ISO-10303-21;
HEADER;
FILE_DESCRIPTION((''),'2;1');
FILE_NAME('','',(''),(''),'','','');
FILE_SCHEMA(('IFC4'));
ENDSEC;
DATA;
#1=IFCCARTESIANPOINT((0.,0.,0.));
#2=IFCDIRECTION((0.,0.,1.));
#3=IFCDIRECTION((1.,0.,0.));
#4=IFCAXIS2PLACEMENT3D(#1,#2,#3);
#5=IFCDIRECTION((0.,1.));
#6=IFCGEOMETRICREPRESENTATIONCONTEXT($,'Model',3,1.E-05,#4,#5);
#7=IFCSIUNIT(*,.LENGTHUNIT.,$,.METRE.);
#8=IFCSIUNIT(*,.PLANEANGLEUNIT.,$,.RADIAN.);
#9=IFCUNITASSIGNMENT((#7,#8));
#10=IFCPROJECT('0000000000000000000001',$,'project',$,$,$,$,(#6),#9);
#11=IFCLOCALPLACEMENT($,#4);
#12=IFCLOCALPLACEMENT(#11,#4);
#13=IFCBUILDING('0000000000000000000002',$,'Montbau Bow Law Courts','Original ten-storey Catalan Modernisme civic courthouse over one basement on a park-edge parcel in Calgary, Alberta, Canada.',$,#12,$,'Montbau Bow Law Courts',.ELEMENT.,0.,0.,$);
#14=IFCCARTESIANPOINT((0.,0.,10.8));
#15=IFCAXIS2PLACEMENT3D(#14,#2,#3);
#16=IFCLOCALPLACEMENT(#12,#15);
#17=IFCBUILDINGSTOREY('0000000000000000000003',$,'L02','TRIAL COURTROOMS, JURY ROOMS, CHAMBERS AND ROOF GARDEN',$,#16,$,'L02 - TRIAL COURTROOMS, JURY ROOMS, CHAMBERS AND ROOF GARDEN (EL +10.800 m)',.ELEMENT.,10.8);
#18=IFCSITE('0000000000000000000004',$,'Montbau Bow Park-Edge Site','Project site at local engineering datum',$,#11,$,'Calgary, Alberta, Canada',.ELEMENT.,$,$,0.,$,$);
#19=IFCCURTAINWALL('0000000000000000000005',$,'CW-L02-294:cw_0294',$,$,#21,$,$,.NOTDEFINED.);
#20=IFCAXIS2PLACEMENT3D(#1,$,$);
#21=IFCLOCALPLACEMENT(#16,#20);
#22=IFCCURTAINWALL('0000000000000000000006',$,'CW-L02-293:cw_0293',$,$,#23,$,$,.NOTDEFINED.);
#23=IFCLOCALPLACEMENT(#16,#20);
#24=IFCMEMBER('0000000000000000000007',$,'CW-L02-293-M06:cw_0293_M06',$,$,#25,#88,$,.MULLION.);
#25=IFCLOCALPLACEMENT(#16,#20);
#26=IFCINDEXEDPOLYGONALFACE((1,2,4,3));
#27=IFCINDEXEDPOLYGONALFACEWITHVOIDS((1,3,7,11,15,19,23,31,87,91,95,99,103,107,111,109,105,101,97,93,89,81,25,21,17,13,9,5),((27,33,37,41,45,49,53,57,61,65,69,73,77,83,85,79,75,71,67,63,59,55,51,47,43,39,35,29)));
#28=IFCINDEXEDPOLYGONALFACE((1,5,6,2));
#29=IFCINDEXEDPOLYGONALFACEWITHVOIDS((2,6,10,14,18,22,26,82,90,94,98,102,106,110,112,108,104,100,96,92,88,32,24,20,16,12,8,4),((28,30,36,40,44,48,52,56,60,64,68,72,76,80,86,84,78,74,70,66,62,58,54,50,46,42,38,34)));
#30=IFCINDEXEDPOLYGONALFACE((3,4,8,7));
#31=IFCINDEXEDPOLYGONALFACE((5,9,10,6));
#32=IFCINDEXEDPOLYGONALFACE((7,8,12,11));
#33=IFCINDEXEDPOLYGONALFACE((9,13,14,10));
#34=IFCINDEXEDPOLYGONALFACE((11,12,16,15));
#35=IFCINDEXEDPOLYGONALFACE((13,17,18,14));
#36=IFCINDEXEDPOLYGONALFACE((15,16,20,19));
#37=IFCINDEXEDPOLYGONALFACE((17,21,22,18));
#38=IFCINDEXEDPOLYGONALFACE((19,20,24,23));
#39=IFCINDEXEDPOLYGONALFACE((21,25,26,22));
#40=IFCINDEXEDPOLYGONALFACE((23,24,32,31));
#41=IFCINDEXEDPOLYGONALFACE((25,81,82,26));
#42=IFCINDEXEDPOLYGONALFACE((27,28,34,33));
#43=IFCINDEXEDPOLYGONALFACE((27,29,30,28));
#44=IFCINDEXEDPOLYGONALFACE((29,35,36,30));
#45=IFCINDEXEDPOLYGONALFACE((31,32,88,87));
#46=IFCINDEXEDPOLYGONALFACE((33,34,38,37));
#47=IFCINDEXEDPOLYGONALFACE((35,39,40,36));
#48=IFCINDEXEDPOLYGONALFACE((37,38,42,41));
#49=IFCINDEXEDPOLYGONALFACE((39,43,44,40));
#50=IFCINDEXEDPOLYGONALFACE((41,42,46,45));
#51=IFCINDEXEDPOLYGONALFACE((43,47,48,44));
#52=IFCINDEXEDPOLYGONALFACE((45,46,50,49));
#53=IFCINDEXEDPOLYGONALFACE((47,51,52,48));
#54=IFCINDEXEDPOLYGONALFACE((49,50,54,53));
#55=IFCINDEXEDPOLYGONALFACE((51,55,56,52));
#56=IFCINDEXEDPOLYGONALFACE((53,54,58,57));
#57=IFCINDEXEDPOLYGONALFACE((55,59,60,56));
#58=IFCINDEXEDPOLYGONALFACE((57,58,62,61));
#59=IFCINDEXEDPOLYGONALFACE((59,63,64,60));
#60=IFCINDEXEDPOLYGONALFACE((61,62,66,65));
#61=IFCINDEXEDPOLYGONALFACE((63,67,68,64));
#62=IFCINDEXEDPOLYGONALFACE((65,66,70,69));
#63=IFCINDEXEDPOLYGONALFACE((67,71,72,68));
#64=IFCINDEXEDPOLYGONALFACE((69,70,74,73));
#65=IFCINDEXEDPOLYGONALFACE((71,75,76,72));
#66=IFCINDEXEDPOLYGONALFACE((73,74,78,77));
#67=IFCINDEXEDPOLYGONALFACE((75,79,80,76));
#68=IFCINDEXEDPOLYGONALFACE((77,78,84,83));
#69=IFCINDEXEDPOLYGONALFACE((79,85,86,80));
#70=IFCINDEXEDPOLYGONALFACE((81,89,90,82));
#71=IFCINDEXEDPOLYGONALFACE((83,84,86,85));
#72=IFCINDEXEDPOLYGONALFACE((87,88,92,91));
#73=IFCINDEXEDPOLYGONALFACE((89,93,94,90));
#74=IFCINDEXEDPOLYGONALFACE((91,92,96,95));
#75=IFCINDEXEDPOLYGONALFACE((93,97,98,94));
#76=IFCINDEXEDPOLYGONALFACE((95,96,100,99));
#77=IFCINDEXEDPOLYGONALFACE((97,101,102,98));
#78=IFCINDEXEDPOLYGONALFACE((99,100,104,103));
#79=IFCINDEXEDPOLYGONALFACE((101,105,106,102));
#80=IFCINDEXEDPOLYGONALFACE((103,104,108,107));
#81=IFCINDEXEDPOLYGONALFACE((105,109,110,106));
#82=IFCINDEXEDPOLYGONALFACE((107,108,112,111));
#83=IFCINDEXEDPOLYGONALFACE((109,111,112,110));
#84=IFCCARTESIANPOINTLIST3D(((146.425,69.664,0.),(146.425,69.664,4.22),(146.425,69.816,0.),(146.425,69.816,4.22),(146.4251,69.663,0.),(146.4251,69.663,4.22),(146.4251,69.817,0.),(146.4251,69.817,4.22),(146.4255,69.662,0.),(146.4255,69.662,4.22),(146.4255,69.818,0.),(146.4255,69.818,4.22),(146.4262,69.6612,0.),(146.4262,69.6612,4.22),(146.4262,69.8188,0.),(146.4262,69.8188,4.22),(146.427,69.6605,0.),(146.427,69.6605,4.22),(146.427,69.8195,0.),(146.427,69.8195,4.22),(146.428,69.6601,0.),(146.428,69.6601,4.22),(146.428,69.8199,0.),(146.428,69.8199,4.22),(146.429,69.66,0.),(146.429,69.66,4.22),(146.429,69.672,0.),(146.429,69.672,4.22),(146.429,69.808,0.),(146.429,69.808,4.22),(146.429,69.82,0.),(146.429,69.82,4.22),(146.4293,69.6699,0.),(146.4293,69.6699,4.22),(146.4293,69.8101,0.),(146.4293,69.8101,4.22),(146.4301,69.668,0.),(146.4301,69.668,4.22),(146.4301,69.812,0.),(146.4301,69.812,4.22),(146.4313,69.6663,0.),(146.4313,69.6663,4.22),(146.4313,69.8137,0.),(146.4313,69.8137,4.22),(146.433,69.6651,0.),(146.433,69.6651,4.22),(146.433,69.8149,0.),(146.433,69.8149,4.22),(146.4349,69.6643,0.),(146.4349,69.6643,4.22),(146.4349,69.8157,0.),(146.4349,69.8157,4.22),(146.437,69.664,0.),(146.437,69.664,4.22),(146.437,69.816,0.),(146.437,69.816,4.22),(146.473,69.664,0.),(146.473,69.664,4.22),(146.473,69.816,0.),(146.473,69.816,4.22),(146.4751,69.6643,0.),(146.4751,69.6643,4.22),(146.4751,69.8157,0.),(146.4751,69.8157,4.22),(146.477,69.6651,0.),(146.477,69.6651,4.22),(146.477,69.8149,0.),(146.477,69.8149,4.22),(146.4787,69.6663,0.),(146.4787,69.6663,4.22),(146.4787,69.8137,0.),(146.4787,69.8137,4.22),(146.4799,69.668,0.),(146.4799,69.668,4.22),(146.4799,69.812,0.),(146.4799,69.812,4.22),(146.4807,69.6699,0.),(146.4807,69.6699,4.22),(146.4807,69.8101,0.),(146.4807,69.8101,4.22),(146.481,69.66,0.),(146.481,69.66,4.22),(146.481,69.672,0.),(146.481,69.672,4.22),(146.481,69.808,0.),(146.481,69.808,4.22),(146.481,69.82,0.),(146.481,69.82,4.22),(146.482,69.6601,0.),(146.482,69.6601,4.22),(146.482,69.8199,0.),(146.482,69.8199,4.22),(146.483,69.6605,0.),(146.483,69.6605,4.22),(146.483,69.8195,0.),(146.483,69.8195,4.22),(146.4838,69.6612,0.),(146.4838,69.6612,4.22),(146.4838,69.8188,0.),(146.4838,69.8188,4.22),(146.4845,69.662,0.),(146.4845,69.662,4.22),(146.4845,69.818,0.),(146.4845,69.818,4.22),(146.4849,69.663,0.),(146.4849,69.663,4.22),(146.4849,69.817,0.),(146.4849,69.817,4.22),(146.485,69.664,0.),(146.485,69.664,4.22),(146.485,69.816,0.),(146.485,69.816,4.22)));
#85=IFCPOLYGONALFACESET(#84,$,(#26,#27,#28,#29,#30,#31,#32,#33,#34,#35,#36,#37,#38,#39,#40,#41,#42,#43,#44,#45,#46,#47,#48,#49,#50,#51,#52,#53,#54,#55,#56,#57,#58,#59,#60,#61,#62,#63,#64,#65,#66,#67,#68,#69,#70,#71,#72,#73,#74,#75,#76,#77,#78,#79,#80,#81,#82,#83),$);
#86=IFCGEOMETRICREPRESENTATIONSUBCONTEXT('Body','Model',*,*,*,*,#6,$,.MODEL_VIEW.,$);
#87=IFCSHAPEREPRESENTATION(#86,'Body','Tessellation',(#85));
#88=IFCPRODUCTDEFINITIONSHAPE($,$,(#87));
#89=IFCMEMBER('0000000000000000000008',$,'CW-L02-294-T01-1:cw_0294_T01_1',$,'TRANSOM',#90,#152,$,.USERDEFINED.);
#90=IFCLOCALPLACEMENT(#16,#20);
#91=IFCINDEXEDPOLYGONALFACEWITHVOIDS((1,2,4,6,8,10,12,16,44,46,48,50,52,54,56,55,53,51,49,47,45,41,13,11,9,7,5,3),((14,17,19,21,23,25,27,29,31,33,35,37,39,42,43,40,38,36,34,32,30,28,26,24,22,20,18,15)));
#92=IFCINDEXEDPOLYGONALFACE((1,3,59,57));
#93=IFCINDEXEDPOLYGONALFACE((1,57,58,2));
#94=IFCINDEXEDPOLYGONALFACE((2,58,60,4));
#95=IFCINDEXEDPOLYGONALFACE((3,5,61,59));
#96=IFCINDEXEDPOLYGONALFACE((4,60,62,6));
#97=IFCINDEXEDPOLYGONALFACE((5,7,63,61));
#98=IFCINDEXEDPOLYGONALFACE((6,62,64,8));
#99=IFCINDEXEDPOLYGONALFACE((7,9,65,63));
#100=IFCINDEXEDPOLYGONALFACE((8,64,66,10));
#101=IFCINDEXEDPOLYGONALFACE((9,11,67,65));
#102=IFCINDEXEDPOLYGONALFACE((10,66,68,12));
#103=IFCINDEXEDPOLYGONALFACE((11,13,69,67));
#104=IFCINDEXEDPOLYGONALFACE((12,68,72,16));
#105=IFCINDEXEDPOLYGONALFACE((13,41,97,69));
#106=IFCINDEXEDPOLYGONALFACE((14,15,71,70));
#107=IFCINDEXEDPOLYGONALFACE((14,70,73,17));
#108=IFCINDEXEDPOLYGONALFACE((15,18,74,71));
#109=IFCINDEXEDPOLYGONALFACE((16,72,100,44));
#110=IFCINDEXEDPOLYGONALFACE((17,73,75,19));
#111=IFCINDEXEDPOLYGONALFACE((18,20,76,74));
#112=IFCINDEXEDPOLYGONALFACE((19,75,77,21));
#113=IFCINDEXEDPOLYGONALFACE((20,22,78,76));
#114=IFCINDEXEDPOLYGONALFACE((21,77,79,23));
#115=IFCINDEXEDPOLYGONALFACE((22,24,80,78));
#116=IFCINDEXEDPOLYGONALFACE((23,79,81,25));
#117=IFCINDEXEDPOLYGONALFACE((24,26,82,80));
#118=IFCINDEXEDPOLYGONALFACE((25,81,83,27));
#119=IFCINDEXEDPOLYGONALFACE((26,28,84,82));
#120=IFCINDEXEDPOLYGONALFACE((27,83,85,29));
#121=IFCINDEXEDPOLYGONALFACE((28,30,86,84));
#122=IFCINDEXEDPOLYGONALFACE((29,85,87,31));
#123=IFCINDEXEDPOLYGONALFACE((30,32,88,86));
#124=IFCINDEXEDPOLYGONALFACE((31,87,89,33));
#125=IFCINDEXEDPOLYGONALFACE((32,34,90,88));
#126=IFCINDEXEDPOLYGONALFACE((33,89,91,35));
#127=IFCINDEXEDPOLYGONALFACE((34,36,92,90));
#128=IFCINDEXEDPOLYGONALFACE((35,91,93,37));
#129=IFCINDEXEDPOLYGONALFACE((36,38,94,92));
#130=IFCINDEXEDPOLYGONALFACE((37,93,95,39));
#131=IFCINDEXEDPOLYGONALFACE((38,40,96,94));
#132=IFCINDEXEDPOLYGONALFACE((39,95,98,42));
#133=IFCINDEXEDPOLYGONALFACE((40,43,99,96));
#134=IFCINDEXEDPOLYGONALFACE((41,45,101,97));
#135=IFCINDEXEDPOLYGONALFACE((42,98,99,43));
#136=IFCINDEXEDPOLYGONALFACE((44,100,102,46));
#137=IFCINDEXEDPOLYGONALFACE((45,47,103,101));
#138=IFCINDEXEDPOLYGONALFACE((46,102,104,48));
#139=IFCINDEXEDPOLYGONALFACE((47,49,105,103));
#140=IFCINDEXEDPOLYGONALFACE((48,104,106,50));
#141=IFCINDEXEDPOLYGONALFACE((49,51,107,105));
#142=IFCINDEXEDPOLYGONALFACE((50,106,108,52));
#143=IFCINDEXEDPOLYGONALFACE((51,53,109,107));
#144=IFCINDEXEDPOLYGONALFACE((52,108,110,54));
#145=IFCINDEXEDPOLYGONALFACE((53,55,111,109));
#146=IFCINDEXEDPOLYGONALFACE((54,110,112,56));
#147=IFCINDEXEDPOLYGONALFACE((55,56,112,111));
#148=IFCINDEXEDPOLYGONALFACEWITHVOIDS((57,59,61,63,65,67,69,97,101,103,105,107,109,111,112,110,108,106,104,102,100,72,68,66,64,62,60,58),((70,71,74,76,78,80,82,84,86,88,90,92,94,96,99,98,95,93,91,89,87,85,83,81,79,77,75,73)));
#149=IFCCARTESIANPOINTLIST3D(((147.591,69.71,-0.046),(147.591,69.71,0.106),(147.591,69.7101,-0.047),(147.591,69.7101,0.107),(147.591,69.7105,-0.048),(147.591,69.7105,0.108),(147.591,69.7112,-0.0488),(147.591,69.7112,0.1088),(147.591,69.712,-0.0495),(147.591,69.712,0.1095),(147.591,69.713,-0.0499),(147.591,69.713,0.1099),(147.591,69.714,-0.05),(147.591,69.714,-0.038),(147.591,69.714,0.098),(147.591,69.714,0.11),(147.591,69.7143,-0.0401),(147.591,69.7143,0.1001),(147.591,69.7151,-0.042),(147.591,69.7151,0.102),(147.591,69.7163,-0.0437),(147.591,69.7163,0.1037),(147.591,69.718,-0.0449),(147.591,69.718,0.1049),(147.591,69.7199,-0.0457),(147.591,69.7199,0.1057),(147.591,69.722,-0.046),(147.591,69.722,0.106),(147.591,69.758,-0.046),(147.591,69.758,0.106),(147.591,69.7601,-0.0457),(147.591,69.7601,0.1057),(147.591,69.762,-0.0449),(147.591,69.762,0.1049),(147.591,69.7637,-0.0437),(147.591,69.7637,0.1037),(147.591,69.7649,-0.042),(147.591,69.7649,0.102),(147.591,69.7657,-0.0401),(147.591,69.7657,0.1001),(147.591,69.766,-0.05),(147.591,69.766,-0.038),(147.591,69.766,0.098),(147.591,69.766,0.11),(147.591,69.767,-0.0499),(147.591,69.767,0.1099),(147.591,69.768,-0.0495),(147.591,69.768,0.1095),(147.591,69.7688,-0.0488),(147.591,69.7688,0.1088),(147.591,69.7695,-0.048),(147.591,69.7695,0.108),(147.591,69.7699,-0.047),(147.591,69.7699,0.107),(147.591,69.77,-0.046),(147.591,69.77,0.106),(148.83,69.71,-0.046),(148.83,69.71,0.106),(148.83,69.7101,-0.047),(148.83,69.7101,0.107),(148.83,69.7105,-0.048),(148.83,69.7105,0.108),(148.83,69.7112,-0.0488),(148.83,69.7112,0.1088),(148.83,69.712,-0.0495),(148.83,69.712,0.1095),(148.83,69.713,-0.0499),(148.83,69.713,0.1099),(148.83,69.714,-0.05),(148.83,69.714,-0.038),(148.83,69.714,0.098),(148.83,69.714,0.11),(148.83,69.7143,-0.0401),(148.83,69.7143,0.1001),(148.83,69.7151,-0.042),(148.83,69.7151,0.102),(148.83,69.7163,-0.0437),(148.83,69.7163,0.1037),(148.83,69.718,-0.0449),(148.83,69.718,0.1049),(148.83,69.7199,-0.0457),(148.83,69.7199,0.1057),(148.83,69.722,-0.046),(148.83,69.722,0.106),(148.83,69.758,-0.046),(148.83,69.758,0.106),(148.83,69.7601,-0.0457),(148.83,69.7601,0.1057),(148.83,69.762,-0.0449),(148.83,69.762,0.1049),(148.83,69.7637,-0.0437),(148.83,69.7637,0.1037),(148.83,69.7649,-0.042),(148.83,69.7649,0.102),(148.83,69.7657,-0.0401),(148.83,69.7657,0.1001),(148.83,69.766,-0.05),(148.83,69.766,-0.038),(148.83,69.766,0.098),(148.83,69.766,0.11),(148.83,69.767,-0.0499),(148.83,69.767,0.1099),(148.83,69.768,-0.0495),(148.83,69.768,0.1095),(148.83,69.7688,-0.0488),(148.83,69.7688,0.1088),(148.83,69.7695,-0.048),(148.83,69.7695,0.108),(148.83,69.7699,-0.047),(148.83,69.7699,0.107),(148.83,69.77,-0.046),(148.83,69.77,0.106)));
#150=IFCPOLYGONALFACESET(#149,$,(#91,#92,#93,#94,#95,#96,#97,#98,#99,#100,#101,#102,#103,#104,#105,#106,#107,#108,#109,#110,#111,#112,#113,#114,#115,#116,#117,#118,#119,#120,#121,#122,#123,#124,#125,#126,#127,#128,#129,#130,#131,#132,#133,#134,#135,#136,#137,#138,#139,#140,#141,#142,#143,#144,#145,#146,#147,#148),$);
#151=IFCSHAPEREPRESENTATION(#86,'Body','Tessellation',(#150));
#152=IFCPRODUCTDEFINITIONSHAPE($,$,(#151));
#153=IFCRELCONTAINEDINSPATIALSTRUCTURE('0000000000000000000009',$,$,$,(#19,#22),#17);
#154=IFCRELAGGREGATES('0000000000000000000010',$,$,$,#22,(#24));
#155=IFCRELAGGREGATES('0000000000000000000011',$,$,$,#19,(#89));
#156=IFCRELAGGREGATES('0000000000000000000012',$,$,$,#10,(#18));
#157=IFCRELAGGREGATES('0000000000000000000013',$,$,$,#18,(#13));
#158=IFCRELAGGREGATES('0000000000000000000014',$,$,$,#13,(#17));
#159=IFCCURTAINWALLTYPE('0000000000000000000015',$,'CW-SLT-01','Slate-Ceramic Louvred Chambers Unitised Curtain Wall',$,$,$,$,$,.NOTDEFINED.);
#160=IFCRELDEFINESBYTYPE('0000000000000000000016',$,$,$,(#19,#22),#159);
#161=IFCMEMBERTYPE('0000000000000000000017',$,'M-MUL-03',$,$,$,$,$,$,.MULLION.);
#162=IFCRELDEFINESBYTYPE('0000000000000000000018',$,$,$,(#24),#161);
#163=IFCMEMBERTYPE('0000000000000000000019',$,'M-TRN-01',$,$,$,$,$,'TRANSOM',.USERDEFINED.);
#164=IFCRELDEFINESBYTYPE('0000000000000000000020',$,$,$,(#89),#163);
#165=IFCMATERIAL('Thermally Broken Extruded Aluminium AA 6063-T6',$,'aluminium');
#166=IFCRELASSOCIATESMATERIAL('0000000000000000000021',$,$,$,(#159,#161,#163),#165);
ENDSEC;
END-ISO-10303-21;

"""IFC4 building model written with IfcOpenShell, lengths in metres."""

from ifc_helpers import new_model, si_unit, direction, frame, origin_with_axes, origin_2d_with_axis, place, context, subcontext, project, spatial, hollow_rectangle, extrude, material, material_profile, profile_set, type_object, element, aggregate, save


model = new_model("IFC4")

# Units and contexts
model_context = context("Model", 3, precision=1e-05, world=origin_with_axes(), true_north=direction((0.0, 1.0)))
body_context = subcontext(model_context, "Body", "Model", "MODEL_VIEW")
ifc_project = project(units=[si_unit("LENGTHUNIT", "METRE"), si_unit("PLANEANGLEUNIT", "RADIAN")], contexts=[model_context])

# Site, building, storey
site_placement = place(None, origin_with_axes())
site = spatial("IfcSite", under=ifc_project, at=site_placement, Name="Montbau Bow Park-Edge Site", Description="Project site at local engineering datum", LongName="Calgary, Alberta, Canada", CompositionType="ELEMENT", RefElevation=0.0)
building_placement = place(site_placement, origin_with_axes())
building = spatial("IfcBuilding", under=site, at=building_placement, Name="Montbau Bow Law Courts", Description="Original ten-storey Catalan Modernisme civic courthouse over one basement on a park-edge parcel in Calgary, Alberta, Canada.", LongName="Montbau Bow Law Courts", CompositionType="ELEMENT", ElevationOfRefHeight=0.0, ElevationOfTerrain=0.0)
storey_placement = place(building_placement, frame((0.0, 0.0, 10.8), z_axis=(0.0, 0.0, 1.0), x_axis=(1.0, 0.0, 0.0)))
storey = spatial("IfcBuildingStorey", under=building, at=storey_placement, Name="L02", Description="TRIAL COURTROOMS, JURY ROOMS, CHAMBERS AND ROOF GARDEN", LongName="L02 - TRIAL COURTROOMS, JURY ROOMS, CHAMBERS AND ROOF GARDEN (EL +10.800 m)", CompositionType="ELEMENT", Elevation=10.8)

# Curtain walls, member
ifc_material_1 = material(Name="Thermally Broken Extruded Aluminium AA 6063-T6", Category="aluminium")
curtain_wall_type = type_object("IfcCurtainWallType", Name="CW-SLT-01", Description="Slate-Ceramic Louvred Chambers Unitised Curtain Wall", PredefinedType="NOTDEFINED", material=ifc_material_1)
curtain_wall_1_placement = place(None, frame((147.515, 69.74, 10.8), z_axis=(0.0, 0.0, 1.0), x_axis=(1.0, 0.0, 0.0)))
curtain_wall_1 = element("IfcCurtainWall", 1, at=curtain_wall_1_placement, inside=storey, type_object=curtain_wall_type, Name="CW-L02-294:cw_0294", PredefinedType="NOTDEFINED")
curtain_wall_2_placement = place(None, frame((139.115, 69.74, 10.8), z_axis=(0.0, 0.0, 1.0), x_axis=(1.0, 0.0, 0.0)))
curtain_wall_2 = element("IfcCurtainWall", 2, at=curtain_wall_2_placement, inside=storey, type_object=curtain_wall_type, Name="CW-L02-293:cw_0293", PredefinedType="NOTDEFINED")
ifc_material_profile_1 = material_profile(ifc_material_1, hollow_rectangle(XDim=0.06, YDim=0.16, WallThickness=0.004, InnerFilletRadius=0.008, OuterFilletRadius=0.004, at=origin_2d_with_axis()), Name="CWM-160X60", Category="Main", Priority=0)
ifc_profile_set_1 = profile_set([ifc_material_profile_1], Name="Thermally Broken Extruded Aluminium AA 6063-T6")
member_type_1 = type_object("IfcMemberType", Name="M-MUL-03", PredefinedType="MULLION", material=ifc_profile_set_1)
member_1_placement = place(None, frame((146.455, 69.74, 10.8), z_axis=(0.0, 0.0, 1.0), x_axis=(1.0, 0.0, 0.0)))
member_1 = element("IfcMember", 3, at=member_1_placement, type_object=member_type_1, Name="CW-L02-293-M06:cw_0293_M06", PredefinedType="MULLION", context=body_context, shape_type="SweptSolid", body=[
    extrude(hollow_rectangle(XDim=0.06, YDim=0.16, WallThickness=0.004, InnerFilletRadius=0.008, OuterFilletRadius=0.004, at=origin_2d_with_axis()), origin_with_axes(), (0.0, 0.0, 1.0), 4.22),
])

# Member
ifc_material_profile_2 = material_profile(ifc_material_1, hollow_rectangle(XDim=0.06, YDim=0.16, WallThickness=0.004, InnerFilletRadius=0.008, OuterFilletRadius=0.004, at=origin_2d_with_axis()), Name="CWT-160X60", Category="Main", Priority=0)
ifc_profile_set_2 = profile_set([ifc_material_profile_2], Name="Thermally Broken Extruded Aluminium AA 6063-T6")
member_type_2 = type_object("IfcMemberType", Name="M-TRN-01", ElementType="TRANSOM", PredefinedType="USERDEFINED", material=ifc_profile_set_2)
member_2_placement = place(None, frame((147.591, 69.74, 10.83), z_axis=(1.0, 0.0, 0.0), x_axis=(0.0, 1.0, 0.0)))
member_2 = element("IfcMember", 4, at=member_2_placement, type_object=member_type_2, Name="CW-L02-294-T01-1:cw_0294_T01_1", ObjectType="TRANSOM", PredefinedType="USERDEFINED", context=body_context, shape_type="SweptSolid", body=[
    extrude(hollow_rectangle(XDim=0.06, YDim=0.16, WallThickness=0.004, InnerFilletRadius=0.008, OuterFilletRadius=0.004, at=origin_2d_with_axis()), origin_with_axes(), (0.0, 0.0, 1.0), 1.239),
])

aggregate(curtain_wall_2, [member_1])
aggregate(curtain_wall_1, [member_2])

save(model, "model.ifc")
